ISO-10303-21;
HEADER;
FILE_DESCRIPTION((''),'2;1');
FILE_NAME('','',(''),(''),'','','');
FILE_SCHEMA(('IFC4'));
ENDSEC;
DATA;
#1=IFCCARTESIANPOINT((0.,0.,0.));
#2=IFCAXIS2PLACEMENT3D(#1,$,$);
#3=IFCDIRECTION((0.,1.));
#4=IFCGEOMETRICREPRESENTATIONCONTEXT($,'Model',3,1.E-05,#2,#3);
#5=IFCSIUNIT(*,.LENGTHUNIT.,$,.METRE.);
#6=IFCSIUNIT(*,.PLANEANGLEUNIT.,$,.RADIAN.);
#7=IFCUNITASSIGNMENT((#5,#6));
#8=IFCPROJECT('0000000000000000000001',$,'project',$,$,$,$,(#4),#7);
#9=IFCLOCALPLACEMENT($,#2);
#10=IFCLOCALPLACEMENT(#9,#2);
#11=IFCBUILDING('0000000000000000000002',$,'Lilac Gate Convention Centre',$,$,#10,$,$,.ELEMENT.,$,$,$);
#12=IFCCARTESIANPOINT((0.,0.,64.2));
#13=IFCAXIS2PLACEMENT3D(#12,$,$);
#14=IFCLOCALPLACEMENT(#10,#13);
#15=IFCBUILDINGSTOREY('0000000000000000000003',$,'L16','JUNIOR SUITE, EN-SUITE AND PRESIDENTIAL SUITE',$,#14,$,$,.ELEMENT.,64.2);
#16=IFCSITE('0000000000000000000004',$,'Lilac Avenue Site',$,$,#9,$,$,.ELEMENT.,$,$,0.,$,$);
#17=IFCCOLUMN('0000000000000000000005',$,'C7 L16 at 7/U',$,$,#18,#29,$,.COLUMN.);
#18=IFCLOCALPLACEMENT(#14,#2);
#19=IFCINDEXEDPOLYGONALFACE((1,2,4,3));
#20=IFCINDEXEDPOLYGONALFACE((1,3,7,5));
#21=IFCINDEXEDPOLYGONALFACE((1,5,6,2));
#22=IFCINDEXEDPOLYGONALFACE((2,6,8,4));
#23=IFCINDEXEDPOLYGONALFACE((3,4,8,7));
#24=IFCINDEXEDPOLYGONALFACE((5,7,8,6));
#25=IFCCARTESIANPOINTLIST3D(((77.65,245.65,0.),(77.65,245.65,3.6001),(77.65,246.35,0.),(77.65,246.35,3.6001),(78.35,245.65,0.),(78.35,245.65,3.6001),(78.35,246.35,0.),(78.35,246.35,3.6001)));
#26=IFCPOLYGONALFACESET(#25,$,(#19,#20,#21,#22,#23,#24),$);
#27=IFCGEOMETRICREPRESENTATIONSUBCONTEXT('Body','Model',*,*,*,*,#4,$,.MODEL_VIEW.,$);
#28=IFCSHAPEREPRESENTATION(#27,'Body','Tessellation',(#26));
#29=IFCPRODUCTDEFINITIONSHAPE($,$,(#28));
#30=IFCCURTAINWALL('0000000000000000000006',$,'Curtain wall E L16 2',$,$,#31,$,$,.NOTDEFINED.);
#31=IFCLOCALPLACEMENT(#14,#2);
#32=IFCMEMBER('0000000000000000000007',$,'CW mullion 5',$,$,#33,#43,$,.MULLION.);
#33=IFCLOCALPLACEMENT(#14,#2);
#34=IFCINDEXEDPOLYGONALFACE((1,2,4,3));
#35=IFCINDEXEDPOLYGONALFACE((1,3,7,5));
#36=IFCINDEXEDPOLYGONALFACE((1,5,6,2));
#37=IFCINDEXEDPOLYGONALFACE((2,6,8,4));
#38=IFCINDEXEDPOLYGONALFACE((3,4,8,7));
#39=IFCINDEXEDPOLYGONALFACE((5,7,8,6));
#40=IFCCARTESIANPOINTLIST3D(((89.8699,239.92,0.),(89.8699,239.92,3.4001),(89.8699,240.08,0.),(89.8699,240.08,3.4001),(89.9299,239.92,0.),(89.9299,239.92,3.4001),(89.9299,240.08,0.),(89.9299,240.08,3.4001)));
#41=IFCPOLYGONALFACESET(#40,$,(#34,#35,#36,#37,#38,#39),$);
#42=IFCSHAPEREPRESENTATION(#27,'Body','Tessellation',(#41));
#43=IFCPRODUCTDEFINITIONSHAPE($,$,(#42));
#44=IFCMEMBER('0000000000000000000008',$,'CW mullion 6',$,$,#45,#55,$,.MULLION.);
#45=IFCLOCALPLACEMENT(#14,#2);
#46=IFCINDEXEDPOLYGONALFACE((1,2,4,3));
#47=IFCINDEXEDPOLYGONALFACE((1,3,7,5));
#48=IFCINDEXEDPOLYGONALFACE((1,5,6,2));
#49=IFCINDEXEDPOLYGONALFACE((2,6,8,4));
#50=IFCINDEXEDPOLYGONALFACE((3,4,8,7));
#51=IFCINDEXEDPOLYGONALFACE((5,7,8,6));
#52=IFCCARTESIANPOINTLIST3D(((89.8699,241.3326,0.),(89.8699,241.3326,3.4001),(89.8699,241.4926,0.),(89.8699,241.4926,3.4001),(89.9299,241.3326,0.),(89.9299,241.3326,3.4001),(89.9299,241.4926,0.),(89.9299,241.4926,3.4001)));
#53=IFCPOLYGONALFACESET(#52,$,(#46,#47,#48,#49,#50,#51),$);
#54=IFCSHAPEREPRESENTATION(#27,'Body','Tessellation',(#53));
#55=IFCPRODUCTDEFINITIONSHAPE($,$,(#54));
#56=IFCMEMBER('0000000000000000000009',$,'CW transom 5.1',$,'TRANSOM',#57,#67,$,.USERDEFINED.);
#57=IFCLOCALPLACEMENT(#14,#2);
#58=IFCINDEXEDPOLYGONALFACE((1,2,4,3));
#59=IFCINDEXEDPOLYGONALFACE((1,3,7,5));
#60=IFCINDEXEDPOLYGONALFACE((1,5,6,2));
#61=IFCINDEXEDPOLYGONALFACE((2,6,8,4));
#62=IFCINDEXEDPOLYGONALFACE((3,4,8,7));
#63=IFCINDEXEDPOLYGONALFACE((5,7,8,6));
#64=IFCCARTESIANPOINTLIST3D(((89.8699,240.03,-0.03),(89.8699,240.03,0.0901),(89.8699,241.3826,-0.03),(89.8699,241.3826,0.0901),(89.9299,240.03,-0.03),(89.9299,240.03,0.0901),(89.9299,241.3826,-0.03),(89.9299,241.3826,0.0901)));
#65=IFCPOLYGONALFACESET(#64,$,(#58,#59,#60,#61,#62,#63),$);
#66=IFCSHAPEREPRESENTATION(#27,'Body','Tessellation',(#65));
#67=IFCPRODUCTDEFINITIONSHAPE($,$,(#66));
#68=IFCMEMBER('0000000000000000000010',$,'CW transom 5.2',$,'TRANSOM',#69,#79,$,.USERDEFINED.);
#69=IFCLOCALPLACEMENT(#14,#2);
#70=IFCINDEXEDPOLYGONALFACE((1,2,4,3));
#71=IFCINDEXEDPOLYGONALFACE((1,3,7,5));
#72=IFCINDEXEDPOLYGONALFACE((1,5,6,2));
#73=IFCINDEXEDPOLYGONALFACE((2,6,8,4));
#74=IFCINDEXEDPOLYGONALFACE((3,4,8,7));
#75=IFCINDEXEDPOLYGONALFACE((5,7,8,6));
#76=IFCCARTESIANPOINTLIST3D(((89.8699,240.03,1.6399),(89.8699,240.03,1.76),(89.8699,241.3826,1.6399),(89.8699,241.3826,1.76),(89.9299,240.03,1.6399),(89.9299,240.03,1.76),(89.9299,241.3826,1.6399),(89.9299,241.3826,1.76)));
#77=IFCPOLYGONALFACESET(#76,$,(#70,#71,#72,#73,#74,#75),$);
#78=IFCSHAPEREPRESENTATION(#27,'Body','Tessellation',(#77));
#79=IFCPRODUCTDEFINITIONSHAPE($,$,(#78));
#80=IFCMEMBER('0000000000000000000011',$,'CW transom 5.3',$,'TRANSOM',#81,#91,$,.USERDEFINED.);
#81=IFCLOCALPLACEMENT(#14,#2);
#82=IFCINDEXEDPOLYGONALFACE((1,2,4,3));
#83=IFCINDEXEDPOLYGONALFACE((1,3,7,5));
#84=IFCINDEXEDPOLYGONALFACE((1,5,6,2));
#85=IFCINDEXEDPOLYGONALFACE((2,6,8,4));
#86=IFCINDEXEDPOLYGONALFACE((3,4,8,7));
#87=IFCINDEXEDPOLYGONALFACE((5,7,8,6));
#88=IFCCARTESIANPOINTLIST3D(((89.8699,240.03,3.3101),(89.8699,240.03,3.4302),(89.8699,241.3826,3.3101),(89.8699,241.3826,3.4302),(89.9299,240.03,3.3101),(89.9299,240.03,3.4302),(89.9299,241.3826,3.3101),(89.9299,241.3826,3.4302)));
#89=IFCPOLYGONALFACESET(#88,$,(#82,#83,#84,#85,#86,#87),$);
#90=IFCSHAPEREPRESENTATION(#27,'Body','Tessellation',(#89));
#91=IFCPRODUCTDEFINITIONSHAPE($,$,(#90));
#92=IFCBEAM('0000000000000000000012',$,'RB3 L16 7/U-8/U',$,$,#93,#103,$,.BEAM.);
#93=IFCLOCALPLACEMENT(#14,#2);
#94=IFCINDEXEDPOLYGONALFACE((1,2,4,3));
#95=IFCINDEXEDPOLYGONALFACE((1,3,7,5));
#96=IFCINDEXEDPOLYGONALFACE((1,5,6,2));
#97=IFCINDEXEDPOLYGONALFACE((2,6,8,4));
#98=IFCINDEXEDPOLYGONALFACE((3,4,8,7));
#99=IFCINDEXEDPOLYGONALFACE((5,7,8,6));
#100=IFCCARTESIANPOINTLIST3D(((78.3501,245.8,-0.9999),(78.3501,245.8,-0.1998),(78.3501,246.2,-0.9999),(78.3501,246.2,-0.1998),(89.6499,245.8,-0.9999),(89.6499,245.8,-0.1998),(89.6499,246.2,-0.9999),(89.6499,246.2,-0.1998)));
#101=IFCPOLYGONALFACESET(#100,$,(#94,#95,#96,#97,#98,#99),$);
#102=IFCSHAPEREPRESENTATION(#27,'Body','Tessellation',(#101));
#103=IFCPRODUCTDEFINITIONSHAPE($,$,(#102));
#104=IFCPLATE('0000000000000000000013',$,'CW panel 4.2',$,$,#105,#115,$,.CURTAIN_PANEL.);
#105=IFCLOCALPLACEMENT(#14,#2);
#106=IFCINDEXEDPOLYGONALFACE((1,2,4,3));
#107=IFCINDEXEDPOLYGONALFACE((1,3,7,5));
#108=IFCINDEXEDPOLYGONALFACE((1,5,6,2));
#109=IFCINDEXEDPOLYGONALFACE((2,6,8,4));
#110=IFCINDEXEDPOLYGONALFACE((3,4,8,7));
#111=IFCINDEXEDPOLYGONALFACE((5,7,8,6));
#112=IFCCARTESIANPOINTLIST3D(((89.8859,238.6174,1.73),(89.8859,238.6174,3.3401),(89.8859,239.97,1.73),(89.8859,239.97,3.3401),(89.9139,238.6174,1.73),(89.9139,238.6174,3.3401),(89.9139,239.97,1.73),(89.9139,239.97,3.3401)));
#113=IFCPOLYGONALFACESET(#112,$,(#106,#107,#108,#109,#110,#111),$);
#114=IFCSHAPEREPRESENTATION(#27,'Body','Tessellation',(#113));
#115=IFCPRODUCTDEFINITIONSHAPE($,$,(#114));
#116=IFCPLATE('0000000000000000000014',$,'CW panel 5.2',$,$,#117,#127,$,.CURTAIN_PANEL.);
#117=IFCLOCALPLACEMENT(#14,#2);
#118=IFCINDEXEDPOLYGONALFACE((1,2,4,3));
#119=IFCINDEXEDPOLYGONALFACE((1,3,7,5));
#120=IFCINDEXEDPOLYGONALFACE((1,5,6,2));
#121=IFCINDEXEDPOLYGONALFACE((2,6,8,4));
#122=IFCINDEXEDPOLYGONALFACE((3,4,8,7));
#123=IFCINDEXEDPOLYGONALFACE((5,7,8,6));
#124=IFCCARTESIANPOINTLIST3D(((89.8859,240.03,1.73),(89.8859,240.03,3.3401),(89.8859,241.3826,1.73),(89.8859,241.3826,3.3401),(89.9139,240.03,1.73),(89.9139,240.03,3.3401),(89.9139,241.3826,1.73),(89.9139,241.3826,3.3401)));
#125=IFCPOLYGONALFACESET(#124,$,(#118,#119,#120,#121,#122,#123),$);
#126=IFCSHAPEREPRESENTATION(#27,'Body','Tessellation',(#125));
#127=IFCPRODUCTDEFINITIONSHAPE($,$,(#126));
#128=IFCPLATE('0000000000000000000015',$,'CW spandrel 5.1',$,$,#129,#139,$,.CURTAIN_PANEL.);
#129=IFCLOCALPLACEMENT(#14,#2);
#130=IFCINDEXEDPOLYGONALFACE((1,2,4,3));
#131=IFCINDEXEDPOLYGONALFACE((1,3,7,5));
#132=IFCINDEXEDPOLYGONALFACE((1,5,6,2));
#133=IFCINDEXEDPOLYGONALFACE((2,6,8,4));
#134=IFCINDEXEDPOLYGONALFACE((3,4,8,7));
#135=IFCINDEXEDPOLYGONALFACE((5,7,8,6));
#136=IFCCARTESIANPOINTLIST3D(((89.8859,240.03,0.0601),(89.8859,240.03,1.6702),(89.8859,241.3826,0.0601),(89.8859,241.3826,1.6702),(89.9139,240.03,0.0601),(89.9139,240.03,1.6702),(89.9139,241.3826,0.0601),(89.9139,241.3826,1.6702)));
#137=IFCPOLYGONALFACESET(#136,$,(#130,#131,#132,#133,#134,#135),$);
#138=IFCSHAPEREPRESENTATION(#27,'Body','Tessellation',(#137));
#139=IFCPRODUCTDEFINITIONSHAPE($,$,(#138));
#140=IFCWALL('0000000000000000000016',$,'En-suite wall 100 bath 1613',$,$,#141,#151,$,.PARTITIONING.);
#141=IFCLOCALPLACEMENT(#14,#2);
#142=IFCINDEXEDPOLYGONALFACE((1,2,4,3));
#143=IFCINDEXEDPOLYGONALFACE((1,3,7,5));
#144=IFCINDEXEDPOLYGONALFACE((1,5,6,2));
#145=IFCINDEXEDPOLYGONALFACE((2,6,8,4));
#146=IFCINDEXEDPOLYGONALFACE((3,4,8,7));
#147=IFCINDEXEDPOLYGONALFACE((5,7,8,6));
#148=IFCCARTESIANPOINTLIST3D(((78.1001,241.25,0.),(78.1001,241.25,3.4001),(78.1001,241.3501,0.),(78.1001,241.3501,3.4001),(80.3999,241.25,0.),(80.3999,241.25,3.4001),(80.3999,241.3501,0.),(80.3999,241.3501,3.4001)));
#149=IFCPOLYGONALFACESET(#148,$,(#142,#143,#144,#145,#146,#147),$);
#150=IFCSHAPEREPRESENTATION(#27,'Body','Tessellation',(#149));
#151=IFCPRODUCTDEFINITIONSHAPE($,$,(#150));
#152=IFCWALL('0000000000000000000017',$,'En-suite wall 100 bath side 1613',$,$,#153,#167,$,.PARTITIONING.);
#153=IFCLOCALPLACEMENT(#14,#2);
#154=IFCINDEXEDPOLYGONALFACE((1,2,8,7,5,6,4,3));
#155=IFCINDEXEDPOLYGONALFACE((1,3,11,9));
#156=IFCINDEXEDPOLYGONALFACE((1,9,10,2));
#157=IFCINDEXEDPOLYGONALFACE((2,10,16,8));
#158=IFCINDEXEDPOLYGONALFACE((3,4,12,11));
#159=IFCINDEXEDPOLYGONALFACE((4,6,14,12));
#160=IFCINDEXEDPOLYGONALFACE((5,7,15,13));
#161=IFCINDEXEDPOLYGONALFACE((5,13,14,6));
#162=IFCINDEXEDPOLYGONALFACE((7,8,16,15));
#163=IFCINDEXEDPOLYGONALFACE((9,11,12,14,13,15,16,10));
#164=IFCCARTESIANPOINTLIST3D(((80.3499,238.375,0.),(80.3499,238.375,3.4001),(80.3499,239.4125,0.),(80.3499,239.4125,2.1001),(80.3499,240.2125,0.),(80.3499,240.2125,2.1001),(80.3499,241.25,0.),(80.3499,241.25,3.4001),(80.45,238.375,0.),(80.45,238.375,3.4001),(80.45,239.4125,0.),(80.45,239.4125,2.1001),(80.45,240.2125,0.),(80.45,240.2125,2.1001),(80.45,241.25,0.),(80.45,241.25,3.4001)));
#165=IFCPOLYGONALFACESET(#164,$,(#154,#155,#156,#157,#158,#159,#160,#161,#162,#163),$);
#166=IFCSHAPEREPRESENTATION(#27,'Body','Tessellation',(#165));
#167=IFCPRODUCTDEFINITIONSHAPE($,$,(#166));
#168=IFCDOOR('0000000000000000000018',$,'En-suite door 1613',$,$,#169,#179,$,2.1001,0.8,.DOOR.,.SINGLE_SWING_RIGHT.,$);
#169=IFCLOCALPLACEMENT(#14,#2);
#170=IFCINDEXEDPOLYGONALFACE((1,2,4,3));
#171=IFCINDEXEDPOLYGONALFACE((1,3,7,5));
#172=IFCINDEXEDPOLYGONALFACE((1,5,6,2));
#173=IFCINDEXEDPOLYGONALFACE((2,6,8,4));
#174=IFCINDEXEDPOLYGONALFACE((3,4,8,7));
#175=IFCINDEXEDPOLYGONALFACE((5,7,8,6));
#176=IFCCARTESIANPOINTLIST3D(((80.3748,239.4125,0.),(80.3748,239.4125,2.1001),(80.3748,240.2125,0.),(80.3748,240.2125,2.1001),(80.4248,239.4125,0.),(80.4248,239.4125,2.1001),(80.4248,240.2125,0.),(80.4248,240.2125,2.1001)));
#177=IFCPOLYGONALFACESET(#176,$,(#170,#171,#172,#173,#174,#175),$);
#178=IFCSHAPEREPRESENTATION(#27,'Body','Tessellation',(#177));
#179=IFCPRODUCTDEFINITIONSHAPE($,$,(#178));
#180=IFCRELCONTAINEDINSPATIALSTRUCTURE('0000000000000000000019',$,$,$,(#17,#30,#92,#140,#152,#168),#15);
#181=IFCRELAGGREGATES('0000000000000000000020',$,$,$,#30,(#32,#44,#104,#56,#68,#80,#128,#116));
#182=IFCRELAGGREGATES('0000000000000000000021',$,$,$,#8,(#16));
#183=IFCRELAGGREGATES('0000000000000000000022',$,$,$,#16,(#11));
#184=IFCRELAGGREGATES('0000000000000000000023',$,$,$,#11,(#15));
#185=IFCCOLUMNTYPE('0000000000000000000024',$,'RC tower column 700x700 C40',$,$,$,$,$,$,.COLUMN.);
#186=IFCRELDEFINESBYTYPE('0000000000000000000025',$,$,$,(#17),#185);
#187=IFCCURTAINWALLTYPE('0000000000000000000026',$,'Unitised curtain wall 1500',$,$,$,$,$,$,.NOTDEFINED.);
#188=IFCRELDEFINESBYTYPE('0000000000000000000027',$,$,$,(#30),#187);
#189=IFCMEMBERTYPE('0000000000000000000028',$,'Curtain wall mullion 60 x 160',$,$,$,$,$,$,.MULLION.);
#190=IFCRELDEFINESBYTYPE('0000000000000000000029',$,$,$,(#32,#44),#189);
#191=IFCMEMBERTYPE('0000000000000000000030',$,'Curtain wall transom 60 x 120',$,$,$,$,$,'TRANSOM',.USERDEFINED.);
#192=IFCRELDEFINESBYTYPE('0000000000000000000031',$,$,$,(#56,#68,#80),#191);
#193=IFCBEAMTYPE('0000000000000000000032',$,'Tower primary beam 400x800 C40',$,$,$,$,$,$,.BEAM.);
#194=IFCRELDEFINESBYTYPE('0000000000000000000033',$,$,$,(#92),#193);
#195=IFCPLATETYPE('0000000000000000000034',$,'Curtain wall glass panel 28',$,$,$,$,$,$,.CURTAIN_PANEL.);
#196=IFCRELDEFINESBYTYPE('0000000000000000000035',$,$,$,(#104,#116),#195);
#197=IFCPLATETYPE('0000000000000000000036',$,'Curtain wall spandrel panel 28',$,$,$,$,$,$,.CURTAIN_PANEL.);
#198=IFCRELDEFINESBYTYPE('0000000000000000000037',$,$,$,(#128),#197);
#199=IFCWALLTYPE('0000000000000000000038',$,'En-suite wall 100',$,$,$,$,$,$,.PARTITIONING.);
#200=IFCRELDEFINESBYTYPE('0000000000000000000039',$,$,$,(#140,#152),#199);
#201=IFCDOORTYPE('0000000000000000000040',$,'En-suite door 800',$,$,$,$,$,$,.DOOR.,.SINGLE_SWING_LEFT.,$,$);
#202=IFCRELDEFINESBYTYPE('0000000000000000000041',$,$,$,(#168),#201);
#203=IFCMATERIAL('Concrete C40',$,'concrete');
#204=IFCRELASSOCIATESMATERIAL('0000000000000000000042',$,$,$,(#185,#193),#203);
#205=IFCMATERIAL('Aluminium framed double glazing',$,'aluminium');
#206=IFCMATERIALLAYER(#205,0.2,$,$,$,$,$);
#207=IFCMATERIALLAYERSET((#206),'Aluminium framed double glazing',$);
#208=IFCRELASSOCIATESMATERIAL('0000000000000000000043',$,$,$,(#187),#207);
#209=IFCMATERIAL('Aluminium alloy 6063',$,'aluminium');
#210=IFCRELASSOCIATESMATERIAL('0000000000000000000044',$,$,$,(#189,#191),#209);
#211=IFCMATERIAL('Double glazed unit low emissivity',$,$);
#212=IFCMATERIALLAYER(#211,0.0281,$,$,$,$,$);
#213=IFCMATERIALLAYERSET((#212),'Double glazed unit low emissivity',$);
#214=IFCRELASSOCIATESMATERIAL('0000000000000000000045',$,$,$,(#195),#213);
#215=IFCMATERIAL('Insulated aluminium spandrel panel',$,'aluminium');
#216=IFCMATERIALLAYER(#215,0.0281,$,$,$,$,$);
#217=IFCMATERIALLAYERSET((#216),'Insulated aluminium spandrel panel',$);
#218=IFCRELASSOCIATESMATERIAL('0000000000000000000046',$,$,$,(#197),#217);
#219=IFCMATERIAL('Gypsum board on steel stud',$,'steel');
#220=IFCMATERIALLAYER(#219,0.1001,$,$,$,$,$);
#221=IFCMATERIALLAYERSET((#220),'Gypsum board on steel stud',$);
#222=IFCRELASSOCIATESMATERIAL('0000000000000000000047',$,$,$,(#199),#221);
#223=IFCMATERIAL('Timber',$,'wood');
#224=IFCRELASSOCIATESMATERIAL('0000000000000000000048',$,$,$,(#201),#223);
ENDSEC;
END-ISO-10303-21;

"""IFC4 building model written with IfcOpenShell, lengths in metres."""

from ifc_helpers import new_model, si_unit, direction, frame, frame_2d, origin, origin_2d, place, context, subcontext, project, spatial, rectangle, extrude, material, layer, layer_set, material_profile, profile_set, type_object, element, fill, aggregate, save


model = new_model("IFC4")

# Units and contexts
model_context = context("Model", 3, precision=1e-05, world=origin(), true_north=direction((0.0, 1.0)))
body_context = subcontext(model_context, "Body", "Model", "MODEL_VIEW")
ifc_project = project(units=[si_unit("LENGTHUNIT", "METRE"), si_unit("PLANEANGLEUNIT", "RADIAN")], contexts=[model_context])

# Site, building, storey
site_placement = place(None, origin())
site = spatial("IfcSite", under=ifc_project, at=site_placement, Name="Lilac Avenue Site", CompositionType="ELEMENT", RefElevation=0.0)
building_placement = place(site_placement, origin())
building = spatial("IfcBuilding", under=site, at=building_placement, Name="Lilac Gate Convention Centre", CompositionType="ELEMENT")
storey_placement = place(building_placement, frame((0.0, 0.0, 64.2)))
storey = spatial("IfcBuildingStorey", under=building, at=storey_placement, Name="L16", Description="JUNIOR SUITE, EN-SUITE AND PRESIDENTIAL SUITE", CompositionType="ELEMENT", Elevation=64.2)

# Column
ifc_material_1 = material(Name="Concrete C40", Category="concrete")
ifc_material_profile_1 = material_profile(ifc_material_1, rectangle(XDim=0.7, YDim=0.7, at=origin_2d()), Name="RC 700x700")
ifc_profile_set_1 = profile_set([ifc_material_profile_1], Name="Concrete C40")
column_type = type_object("IfcColumnType", Name="RC tower column 700x700 C40", PredefinedType="COLUMN", material=ifc_profile_set_1)
column_placement = place(storey_placement, frame((78.0, 246.0, 0.0), z_axis=(0.0, 0.0, 1.0), x_axis=(1.0, 0.0, 0.0)))
element("IfcColumn", 1, at=column_placement, inside=storey, type_object=column_type, Name="C7 L16 at 7/U", PredefinedType="COLUMN", context=body_context, shape_type="SweptSolid", body=[
    extrude(rectangle(XDim=0.7, YDim=0.7, at=origin_2d()), origin(), (0.0, 0.0, 1.0), 3.6001),
])

# Curtain wall, members
ifc_material_2 = material(Name="Aluminium framed double glazing", Category="aluminium")
ifc_layer_1 = layer(ifc_material_2, 0.2)
ifc_layer_set_1 = layer_set([ifc_layer_1], Name="Aluminium framed double glazing")
curtain_wall_type = type_object("IfcCurtainWallType", Name="Unitised curtain wall 1500", PredefinedType="NOTDEFINED", material=ifc_layer_set_1)
curtain_wall_placement = place(storey_placement, origin())
curtain_wall = element("IfcCurtainWall", 2, at=curtain_wall_placement, inside=storey, type_object=curtain_wall_type, Name="Curtain wall E L16 2", PredefinedType="NOTDEFINED")
ifc_material_3 = material(Name="Aluminium alloy 6063", Category="aluminium")
ifc_material_profile_2 = material_profile(ifc_material_3, rectangle(XDim=0.0601, YDim=0.1599, at=origin_2d()), Name="Curtain wall mullion 60 x 160")
ifc_profile_set_2 = profile_set([ifc_material_profile_2], Name="Aluminium alloy 6063")
member_type_1 = type_object("IfcMemberType", Name="Curtain wall mullion 60 x 160", PredefinedType="MULLION", material=ifc_profile_set_2)
member_1_placement = place(storey_placement, frame((89.8999, 240.0, 0.0), z_axis=(0.0, 0.0, 1.0), x_axis=(-1.0, 0.0, 0.0)))
member_1 = element("IfcMember", 3, at=member_1_placement, type_object=member_type_1, Name="CW mullion 5", PredefinedType="MULLION", context=body_context, shape_type="SweptSolid", body=[
    extrude(rectangle(XDim=0.0601, YDim=0.1599, at=origin_2d()), origin(), (0.0, 0.0, 1.0), 3.4001),
])
member_2_placement = place(storey_placement, frame((89.8999, 241.4126, 0.0), z_axis=(0.0, 0.0, 1.0), x_axis=(-1.0, 0.0, 0.0)))
member_2 = element("IfcMember", 4, at=member_2_placement, type_object=member_type_1, Name="CW mullion 6", PredefinedType="MULLION", context=body_context, shape_type="SweptSolid", body=[
    extrude(rectangle(XDim=0.0601, YDim=0.1599, at=origin_2d()), origin(), (0.0, 0.0, 1.0), 3.4001),
])
ifc_material_profile_3 = material_profile(ifc_material_3, rectangle(XDim=0.0601, YDim=0.1201, at=origin_2d()), Name="Curtain wall transom 60 x 120")
ifc_profile_set_3 = profile_set([ifc_material_profile_3], Name="Aluminium alloy 6063")
member_type_2 = type_object("IfcMemberType", Name="Curtain wall transom 60 x 120", ElementType="TRANSOM", PredefinedType="USERDEFINED", material=ifc_profile_set_3)
member_3_placement = place(storey_placement, frame((89.8999, 240.03, 0.03), z_axis=(0.0, 1.0, 0.0), x_axis=(-1.0, 0.0, 0.0)))
member_3 = element("IfcMember", 5, at=member_3_placement, type_object=member_type_2, Name="CW transom 5.1", ObjectType="TRANSOM", PredefinedType="USERDEFINED", context=body_context, shape_type="SweptSolid", body=[
    extrude(rectangle(XDim=0.0601, YDim=0.1201, at=origin_2d()), origin(), (0.0, 0.0, 1.0), 1.3525),
])
member_4_placement = place(storey_placement, frame((89.8999, 240.03, 1.7), z_axis=(0.0, 1.0, 0.0), x_axis=(-1.0, 0.0, 0.0)))
member_4 = element("IfcMember", 6, at=member_4_placement, type_object=member_type_2, Name="CW transom 5.2", ObjectType="TRANSOM", PredefinedType="USERDEFINED", context=body_context, shape_type="SweptSolid", body=[
    extrude(rectangle(XDim=0.0601, YDim=0.1201, at=origin_2d()), origin(), (0.0, 0.0, 1.0), 1.3525),
])
member_5_placement = place(storey_placement, frame((89.8999, 240.03, 3.3701), z_axis=(0.0, 1.0, 0.0), x_axis=(-1.0, 0.0, 0.0)))
member_5 = element("IfcMember", 7, at=member_5_placement, type_object=member_type_2, Name="CW transom 5.3", ObjectType="TRANSOM", PredefinedType="USERDEFINED", context=body_context, shape_type="SweptSolid", body=[
    extrude(rectangle(XDim=0.0601, YDim=0.1201, at=origin_2d()), origin(), (0.0, 0.0, 1.0), 1.3525),
])

# Beam
ifc_material_profile_4 = material_profile(ifc_material_1, rectangle(XDim=0.3999, YDim=0.8, at=origin_2d()), Name="RC 400x800")
ifc_profile_set_4 = profile_set([ifc_material_profile_4], Name="Concrete C40")
beam_type = type_object("IfcBeamType", Name="Tower primary beam 400x800 C40", PredefinedType="BEAM", material=ifc_profile_set_4)
beam_placement = place(storey_placement, frame((78.3501, 246.0, -0.5999), z_axis=(1.0, 0.0, 0.0), x_axis=(0.0, 1.0, 0.0)))
element("IfcBeam", 8, at=beam_placement, inside=storey, type_object=beam_type, Name="RB3 L16 7/U-8/U", PredefinedType="BEAM", context=body_context, shape_type="SweptSolid", body=[
    extrude(rectangle(XDim=0.3999, YDim=0.8, at=origin_2d()), origin(), (0.0, 0.0, 1.0), 11.2998),
])

# Plates
ifc_material_4 = material(Name="Double glazed unit low emissivity")
ifc_layer_2 = layer(ifc_material_4, 0.0281)
ifc_layer_set_2 = layer_set([ifc_layer_2], Name="Double glazed unit low emissivity")
plate_type_1 = type_object("IfcPlateType", Name="Curtain wall glass panel 28", PredefinedType="CURTAIN_PANEL", material=ifc_layer_set_2)
plate_1_placement = place(storey_placement, frame((89.8999, 239.2937, 1.73), z_axis=(0.0, 0.0, 1.0), x_axis=(0.0, 1.0, 0.0)))
plate_1 = element("IfcPlate", 9, at=plate_1_placement, type_object=plate_type_1, Name="CW panel 4.2", PredefinedType="CURTAIN_PANEL", context=body_context, shape_type="SweptSolid", body=[
    extrude(rectangle(XDim=1.3525, YDim=0.0281, at=origin_2d()), origin(), (0.0, 0.0, 1.0), 1.6101),
])
plate_2_placement = place(storey_placement, frame((89.8999, 240.7063, 1.73), z_axis=(0.0, 0.0, 1.0), x_axis=(0.0, 1.0, 0.0)))
plate_2 = element("IfcPlate", 10, at=plate_2_placement, type_object=plate_type_1, Name="CW panel 5.2", PredefinedType="CURTAIN_PANEL", context=body_context, shape_type="SweptSolid", body=[
    extrude(rectangle(XDim=1.3525, YDim=0.0281, at=origin_2d()), origin(), (0.0, 0.0, 1.0), 1.6101),
])
ifc_material_5 = material(Name="Insulated aluminium spandrel panel", Category="aluminium")
ifc_layer_3 = layer(ifc_material_5, 0.0281)
ifc_layer_set_3 = layer_set([ifc_layer_3], Name="Insulated aluminium spandrel panel")
plate_type_2 = type_object("IfcPlateType", Name="Curtain wall spandrel panel 28", PredefinedType="CURTAIN_PANEL", material=ifc_layer_set_3)
plate_3_placement = place(storey_placement, frame((89.8999, 240.7063, 0.0601), z_axis=(0.0, 0.0, 1.0), x_axis=(0.0, 1.0, 0.0)))
plate_3 = element("IfcPlate", 11, at=plate_3_placement, type_object=plate_type_2, Name="CW spandrel 5.1", PredefinedType="CURTAIN_PANEL", context=body_context, shape_type="SweptSolid", body=[
    extrude(rectangle(XDim=1.3525, YDim=0.0281, at=origin_2d()), origin(), (0.0, 0.0, 1.0), 1.6101),
])
aggregate(curtain_wall, [member_1, member_2, plate_1, member_3, member_4, member_5, plate_3, plate_2])

# Wall
ifc_material_6 = material(Name="Gypsum board on steel stud", Category="steel")
ifc_layer_4 = layer(ifc_material_6, 0.1001)
ifc_layer_set_4 = layer_set([ifc_layer_4], Name="Gypsum board on steel stud")
wall_type_1 = type_object("IfcWallType", Name="En-suite wall 100", PredefinedType="PARTITIONING", material=ifc_layer_set_4)
wall_1_placement = place(storey_placement, frame((78.1001, 241.3, 0.0), z_axis=(0.0, 0.0, 1.0), x_axis=(1.0, 0.0, 0.0)))
element("IfcWall", 12, at=wall_1_placement, inside=storey, type_object=wall_type_1, Name="En-suite wall 100 bath 1613", PredefinedType="PARTITIONING", context=body_context, shape_type="SweptSolid", body=[
    extrude(rectangle(XDim=2.2998, YDim=0.1001, at=frame_2d((1.1499, 0.0))), origin(), (0.0, 0.0, 1.0), 3.4001),
])

# Wall, opening, door
wall_2_placement = place(storey_placement, frame((80.3999, 241.25, 0.0), z_axis=(0.0, 0.0, 1.0), x_axis=(0.0, -1.0, 0.0)))
wall_2 = element("IfcWall", 13, at=wall_2_placement, inside=storey, type_object=wall_type_1, Name="En-suite wall 100 bath side 1613", PredefinedType="PARTITIONING", context=body_context, shape_type="SweptSolid", body=[
    extrude(rectangle(XDim=2.875, YDim=0.1001, at=frame_2d((1.4375, 0.0))), origin(), (0.0, 0.0, 1.0), 3.4001),
])
opening_1_placement = place(wall_2_placement, frame((1.0376, 0.0, 0.0)))
opening_1 = element("IfcOpeningElement", 14, at=opening_1_placement, cuts=wall_2, PredefinedType="OPENING", context=body_context, shape_type="SweptSolid", body=[
    extrude(rectangle(XDim=0.8, YDim=2.1001, at=frame_2d((0.3999, 1.05))), frame((0.0, 0.0601, 0.0), z_axis=(0.0, -1.0, 0.0), x_axis=(1.0, 0.0, 0.0)), (0.0, 0.0, 1.0), 0.1201),
])
ifc_material_7 = material(Name="Timber", Category="wood")
door_type = type_object("IfcDoorType", Name="En-suite door 800", OperationType="SINGLE_SWING_LEFT", PredefinedType="DOOR", material=ifc_material_7)
door_placement = place(opening_1_placement, origin())
door = element("IfcDoor", 15, at=door_placement, inside=storey, type_object=door_type, Name="En-suite door 1613", OperationType="SINGLE_SWING_RIGHT", OverallHeight=2.1001, OverallWidth=0.8, PredefinedType="DOOR", context=body_context, shape_type="SweptSolid", body=[
    extrude(rectangle(XDim=0.8, YDim=2.1001, at=frame_2d((0.3999, 1.05))), frame((0.0, 0.0249, 0.0), z_axis=(0.0, -1.0, 0.0), x_axis=(1.0, 0.0, 0.0)), (0.0, 0.0, 1.0), 0.05),
])
fill(opening_1, door)

save(model, "model.ifc")
